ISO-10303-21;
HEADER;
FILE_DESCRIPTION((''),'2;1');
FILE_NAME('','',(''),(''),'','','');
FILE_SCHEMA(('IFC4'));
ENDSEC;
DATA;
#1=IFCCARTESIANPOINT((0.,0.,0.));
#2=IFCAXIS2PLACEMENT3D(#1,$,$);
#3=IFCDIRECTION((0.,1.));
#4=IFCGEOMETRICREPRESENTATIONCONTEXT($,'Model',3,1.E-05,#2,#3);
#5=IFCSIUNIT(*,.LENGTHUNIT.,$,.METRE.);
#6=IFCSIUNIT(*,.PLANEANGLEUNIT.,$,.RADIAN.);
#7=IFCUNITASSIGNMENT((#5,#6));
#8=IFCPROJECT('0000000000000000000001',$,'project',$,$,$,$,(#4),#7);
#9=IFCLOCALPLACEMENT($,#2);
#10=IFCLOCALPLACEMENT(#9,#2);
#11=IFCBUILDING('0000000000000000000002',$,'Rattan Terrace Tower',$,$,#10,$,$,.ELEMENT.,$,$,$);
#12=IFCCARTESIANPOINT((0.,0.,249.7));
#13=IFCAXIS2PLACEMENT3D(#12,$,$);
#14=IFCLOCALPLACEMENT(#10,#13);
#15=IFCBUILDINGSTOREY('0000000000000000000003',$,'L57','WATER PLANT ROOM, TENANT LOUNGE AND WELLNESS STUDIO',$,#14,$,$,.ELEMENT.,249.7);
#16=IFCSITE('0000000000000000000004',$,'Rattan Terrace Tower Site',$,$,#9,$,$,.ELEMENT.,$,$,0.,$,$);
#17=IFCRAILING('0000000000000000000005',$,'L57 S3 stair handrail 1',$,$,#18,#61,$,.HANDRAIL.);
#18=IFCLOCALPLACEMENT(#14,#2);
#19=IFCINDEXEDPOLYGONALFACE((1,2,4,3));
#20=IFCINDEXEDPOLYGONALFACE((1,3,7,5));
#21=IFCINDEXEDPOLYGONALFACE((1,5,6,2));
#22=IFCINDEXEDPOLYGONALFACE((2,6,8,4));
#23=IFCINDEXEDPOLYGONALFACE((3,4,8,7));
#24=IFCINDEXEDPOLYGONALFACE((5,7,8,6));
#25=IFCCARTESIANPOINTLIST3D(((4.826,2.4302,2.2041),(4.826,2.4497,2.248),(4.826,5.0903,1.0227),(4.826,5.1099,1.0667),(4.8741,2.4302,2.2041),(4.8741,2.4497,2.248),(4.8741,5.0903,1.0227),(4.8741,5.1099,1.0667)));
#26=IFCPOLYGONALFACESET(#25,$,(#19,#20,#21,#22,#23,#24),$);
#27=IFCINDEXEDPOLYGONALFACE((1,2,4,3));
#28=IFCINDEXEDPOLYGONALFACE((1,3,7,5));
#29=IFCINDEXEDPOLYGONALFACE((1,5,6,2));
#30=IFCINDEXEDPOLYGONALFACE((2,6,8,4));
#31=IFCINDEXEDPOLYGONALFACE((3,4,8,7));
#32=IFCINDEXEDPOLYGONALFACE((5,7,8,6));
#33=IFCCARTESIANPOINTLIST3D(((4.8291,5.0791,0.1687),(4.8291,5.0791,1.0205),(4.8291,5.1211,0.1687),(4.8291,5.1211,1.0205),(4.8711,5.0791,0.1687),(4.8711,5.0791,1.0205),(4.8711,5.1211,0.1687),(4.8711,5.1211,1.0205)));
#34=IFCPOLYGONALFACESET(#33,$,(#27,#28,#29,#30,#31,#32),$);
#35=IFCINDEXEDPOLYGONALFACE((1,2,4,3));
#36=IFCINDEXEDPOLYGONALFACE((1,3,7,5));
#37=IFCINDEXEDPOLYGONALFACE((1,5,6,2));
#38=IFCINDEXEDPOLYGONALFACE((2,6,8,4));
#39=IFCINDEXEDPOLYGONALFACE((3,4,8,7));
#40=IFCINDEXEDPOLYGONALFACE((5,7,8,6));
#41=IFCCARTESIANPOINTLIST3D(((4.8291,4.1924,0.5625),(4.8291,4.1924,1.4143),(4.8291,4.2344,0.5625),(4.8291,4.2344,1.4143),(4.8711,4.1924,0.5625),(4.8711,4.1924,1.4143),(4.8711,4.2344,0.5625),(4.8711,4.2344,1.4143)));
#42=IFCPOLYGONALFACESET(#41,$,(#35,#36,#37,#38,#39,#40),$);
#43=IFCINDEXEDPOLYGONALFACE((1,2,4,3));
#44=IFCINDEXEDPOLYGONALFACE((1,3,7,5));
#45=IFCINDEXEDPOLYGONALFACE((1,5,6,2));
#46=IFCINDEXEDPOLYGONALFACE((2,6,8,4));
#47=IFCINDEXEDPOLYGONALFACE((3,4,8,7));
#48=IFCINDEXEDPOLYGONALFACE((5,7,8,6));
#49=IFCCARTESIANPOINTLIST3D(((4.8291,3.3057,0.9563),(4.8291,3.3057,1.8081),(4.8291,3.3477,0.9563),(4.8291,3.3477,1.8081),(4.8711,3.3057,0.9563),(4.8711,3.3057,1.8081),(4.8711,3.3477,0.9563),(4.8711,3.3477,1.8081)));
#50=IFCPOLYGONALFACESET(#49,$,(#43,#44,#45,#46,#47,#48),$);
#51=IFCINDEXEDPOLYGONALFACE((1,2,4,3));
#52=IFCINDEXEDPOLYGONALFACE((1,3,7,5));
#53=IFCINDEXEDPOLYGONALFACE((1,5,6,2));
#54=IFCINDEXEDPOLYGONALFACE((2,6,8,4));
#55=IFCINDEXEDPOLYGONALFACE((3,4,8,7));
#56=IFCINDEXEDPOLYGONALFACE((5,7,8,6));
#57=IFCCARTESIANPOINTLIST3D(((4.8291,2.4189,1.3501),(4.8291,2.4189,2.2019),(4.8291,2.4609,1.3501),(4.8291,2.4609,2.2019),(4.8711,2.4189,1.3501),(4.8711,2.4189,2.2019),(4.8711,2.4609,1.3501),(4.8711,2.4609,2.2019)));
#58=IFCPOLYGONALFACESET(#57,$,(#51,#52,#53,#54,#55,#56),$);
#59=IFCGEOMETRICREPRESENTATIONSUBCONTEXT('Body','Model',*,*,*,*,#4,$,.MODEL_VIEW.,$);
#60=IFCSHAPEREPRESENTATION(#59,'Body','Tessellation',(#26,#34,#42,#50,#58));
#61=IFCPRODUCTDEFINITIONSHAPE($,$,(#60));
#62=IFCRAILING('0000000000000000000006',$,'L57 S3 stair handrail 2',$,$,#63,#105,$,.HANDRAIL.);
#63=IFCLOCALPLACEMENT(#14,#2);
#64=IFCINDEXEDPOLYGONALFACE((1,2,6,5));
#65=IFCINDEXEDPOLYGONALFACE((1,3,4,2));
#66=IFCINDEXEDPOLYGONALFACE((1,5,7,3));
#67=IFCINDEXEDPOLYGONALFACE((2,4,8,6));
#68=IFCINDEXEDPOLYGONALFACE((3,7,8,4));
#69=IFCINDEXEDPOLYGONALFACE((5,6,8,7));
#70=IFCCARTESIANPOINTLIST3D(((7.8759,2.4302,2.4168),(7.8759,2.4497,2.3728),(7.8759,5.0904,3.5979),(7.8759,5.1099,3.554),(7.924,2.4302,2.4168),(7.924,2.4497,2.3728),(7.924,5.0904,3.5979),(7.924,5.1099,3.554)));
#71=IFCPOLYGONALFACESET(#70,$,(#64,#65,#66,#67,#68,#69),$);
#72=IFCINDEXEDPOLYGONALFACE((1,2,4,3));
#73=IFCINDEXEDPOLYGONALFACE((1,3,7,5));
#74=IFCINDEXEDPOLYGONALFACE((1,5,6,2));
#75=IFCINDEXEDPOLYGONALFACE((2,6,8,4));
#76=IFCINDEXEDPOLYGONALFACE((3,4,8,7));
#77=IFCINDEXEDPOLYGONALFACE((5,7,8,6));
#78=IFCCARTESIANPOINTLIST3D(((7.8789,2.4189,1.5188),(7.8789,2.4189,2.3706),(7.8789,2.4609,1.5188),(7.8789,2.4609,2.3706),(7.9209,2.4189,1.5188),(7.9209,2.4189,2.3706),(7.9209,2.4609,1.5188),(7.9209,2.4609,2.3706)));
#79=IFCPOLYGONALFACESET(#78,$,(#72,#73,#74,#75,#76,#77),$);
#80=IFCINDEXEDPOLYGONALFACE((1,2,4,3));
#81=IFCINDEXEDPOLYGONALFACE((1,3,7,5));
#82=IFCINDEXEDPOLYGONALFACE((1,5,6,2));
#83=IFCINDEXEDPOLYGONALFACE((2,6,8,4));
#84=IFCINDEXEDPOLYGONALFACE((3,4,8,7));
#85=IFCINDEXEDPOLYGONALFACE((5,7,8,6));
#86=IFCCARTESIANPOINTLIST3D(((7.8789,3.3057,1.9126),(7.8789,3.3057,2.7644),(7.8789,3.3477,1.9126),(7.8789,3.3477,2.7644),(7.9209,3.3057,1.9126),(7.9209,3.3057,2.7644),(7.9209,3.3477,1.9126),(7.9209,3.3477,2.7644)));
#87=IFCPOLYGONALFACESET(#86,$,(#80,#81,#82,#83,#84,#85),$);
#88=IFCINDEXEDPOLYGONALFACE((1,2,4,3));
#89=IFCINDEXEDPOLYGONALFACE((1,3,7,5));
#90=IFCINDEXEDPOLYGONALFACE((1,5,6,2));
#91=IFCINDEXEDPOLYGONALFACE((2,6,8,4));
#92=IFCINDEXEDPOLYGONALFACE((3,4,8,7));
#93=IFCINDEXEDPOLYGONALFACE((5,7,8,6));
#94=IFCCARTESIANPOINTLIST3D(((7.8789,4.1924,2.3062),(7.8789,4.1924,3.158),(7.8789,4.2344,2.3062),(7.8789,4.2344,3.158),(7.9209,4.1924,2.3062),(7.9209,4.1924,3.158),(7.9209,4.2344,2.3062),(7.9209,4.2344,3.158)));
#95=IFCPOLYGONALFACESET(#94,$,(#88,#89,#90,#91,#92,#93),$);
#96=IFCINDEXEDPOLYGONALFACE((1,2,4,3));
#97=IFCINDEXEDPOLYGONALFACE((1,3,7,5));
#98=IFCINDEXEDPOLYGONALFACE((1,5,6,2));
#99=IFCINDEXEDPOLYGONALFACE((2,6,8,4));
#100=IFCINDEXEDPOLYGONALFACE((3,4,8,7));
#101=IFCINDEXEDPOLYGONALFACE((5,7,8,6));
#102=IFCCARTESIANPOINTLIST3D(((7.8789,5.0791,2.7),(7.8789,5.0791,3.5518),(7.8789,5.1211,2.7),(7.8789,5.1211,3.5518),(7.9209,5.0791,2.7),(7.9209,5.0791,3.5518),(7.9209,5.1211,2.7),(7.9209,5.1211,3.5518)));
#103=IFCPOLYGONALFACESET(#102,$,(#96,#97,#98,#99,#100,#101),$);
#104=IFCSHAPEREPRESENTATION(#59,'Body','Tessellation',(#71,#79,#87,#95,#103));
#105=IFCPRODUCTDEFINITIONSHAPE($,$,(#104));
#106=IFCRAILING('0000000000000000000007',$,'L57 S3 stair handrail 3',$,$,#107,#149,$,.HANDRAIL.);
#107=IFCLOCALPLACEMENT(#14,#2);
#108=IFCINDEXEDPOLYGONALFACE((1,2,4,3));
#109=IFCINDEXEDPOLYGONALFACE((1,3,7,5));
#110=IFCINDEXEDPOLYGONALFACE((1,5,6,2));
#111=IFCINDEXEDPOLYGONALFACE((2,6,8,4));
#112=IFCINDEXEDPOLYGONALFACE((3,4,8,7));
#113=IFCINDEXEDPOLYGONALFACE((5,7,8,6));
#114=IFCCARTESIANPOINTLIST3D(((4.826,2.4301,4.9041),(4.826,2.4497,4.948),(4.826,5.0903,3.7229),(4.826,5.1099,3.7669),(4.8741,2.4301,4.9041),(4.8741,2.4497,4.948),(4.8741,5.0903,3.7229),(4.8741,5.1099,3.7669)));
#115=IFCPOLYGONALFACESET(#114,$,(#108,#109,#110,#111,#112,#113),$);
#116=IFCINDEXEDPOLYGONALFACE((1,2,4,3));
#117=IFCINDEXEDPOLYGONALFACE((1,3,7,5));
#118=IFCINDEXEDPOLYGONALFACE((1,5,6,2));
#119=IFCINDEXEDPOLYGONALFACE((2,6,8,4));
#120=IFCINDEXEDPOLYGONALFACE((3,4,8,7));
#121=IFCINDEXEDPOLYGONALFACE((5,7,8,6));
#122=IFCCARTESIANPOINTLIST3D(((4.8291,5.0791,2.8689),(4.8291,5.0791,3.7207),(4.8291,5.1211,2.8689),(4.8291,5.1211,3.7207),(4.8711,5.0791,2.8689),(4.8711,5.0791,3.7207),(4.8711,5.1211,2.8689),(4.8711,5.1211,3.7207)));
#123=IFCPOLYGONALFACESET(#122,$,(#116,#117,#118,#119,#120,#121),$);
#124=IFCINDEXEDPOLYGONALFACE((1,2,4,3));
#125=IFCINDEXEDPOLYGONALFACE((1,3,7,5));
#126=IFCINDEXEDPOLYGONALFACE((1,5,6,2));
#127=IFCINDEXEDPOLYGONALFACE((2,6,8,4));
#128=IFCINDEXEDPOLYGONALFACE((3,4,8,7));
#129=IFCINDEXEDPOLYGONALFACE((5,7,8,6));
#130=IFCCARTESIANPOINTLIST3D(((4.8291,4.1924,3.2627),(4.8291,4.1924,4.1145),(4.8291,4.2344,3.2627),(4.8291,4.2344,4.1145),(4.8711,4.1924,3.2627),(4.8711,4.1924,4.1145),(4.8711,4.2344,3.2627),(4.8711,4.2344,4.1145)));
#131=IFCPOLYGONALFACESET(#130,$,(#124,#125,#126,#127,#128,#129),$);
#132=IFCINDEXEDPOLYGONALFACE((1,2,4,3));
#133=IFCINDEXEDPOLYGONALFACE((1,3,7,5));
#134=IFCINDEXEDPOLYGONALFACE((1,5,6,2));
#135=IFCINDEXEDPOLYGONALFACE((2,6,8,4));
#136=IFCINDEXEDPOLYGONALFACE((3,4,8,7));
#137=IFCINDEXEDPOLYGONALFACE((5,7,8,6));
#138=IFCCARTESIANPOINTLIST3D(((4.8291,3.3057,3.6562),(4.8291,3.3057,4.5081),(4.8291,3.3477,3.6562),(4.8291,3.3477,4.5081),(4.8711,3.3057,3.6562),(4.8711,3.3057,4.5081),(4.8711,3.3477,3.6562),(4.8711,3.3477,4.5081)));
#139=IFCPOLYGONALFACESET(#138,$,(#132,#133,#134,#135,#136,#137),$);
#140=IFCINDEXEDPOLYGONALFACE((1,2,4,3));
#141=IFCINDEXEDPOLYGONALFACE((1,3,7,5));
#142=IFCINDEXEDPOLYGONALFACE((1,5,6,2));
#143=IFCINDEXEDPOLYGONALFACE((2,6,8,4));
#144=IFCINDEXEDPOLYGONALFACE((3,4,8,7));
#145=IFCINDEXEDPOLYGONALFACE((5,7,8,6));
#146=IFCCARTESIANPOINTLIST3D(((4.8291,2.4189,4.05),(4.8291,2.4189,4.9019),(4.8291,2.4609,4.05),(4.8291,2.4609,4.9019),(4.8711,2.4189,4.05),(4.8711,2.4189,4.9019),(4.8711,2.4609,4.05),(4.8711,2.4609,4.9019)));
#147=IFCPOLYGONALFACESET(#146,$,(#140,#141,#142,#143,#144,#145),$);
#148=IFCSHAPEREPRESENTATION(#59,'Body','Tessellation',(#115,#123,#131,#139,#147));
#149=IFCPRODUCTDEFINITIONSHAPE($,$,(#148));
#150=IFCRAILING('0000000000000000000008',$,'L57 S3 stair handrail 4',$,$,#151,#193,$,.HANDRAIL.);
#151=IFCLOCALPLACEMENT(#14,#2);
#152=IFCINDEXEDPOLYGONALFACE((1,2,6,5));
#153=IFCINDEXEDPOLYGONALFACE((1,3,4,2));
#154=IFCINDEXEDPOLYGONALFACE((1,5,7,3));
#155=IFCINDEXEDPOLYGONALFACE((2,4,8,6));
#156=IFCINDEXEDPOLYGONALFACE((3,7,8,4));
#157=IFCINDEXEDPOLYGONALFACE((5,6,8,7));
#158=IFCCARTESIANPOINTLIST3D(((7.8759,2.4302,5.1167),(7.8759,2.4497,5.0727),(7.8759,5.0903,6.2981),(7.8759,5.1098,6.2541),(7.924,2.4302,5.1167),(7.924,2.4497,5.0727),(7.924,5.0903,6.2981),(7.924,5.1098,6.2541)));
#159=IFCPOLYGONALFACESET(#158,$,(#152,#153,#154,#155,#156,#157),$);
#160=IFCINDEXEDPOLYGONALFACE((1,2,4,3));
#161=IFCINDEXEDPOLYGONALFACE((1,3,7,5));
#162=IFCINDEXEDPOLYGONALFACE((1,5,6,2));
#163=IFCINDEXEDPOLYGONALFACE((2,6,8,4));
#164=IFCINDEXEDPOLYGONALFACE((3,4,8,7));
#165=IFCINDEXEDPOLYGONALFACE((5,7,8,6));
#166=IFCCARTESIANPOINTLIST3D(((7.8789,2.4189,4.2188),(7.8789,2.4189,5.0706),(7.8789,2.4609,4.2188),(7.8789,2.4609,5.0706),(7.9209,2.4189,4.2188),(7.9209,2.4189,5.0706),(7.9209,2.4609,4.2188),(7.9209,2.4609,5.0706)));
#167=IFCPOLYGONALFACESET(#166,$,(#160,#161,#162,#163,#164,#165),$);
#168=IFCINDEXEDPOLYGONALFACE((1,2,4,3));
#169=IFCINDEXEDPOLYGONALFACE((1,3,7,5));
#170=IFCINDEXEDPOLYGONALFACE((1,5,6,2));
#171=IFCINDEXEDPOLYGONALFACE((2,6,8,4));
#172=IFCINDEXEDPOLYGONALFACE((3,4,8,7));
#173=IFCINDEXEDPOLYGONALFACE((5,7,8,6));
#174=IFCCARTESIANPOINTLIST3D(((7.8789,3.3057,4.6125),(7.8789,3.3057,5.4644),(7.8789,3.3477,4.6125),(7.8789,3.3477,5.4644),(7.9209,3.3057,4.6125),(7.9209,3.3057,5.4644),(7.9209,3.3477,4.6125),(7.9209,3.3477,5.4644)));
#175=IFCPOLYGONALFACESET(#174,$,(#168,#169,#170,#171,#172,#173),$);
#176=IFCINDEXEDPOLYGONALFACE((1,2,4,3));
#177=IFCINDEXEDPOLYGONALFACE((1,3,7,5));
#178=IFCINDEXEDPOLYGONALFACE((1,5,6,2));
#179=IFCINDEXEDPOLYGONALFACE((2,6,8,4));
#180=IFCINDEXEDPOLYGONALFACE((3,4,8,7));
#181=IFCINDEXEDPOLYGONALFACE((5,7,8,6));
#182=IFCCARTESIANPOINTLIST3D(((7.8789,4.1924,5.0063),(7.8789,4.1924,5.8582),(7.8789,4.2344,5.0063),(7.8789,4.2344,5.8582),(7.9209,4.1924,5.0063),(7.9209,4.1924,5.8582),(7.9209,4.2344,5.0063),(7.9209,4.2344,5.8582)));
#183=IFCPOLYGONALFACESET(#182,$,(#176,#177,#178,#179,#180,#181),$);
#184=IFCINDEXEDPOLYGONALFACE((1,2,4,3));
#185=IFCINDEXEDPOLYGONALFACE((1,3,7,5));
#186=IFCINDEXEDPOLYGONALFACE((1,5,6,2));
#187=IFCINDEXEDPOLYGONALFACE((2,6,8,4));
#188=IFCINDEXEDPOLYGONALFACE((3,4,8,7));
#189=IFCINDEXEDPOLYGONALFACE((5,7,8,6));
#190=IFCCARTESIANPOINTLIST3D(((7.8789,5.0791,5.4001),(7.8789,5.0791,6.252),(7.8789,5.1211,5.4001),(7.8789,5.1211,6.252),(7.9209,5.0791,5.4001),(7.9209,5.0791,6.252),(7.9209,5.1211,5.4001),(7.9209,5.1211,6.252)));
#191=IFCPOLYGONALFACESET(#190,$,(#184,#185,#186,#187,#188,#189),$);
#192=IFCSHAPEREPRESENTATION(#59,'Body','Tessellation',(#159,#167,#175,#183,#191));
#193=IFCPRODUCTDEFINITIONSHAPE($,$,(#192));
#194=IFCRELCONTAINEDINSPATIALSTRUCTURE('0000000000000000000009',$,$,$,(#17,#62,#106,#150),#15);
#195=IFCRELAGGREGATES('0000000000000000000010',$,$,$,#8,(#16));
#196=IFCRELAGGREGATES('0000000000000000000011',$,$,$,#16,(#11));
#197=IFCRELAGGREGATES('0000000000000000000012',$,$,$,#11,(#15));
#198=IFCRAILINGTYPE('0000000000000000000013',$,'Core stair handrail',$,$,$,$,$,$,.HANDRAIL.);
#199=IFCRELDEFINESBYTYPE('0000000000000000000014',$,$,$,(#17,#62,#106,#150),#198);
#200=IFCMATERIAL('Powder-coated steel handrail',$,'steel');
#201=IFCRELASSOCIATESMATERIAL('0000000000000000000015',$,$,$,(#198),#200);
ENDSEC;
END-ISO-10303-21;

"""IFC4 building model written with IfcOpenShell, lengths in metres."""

from ifc_helpers import new_model, si_unit, direction, frame, origin, origin_2d, place, context, subcontext, project, spatial, rectangle, extrude, material, type_object, element, save


model = new_model("IFC4")

# Units and contexts
model_context = context("Model", 3, precision=1e-05, world=origin(), true_north=direction((0.0, 1.0)))
body_context = subcontext(model_context, "Body", "Model", "MODEL_VIEW")
ifc_project = project(units=[si_unit("LENGTHUNIT", "METRE"), si_unit("PLANEANGLEUNIT", "RADIAN")], contexts=[model_context])

# Site, building, storey
site_placement = place(None, origin())
site = spatial("IfcSite", under=ifc_project, at=site_placement, Name="Rattan Terrace Tower Site", CompositionType="ELEMENT", RefElevation=0.0)
building_placement = place(site_placement, origin())
building = spatial("IfcBuilding", under=site, at=building_placement, Name="Rattan Terrace Tower", CompositionType="ELEMENT")
storey_placement = place(building_placement, frame((0.0, 0.0, 249.7)))
storey = spatial("IfcBuildingStorey", under=building, at=storey_placement, Name="L57", Description="WATER PLANT ROOM, TENANT LOUNGE AND WELLNESS STUDIO", CompositionType="ELEMENT", Elevation=249.7)

# Railings
ifc_material_1 = material(Name="Powder-coated steel handrail", Category="steel")
railing_type_1 = type_object("IfcRailingType", Name="Core stair handrail", PredefinedType="HANDRAIL", material=ifc_material_1)
for number, where, name in (
    (1, (4.8501, 5.1001, 0.1687), "L57 S3 stair handrail 1"),
):
    element("IfcRailing", number, at=place(storey_placement, frame(where)), inside=storey, type_object=railing_type_1, Name=name, PredefinedType="HANDRAIL", context=body_context, shape_type="SweptSolid", body=[
        extrude(rectangle(XDim=0.0481, YDim=0.0481, at=origin_2d()), frame((0.0, 0.0, 0.876), z_axis=(0.0, -0.913926, 0.405882), x_axis=(1.0, 0.0, 0.0)), (0.0, 0.0, 1.0), 2.9106),
        extrude(rectangle(XDim=0.042, YDim=0.042, at=origin_2d()), origin(), (0.0, 0.0, 1.0), 0.8518),
        extrude(rectangle(XDim=0.042, YDim=0.042, at=origin_2d()), frame((0.0, -0.8867, 0.3938)), (0.0, 0.0, 1.0), 0.8518),
        extrude(rectangle(XDim=0.042, YDim=0.042, at=origin_2d()), frame((0.0, -1.7734, 0.7876)), (0.0, 0.0, 1.0), 0.8518),
        extrude(rectangle(XDim=0.042, YDim=0.042, at=origin_2d()), frame((0.0, -2.6602, 1.1814)), (0.0, 0.0, 1.0), 0.8518),
    ])
railing_1_placement = place(storey_placement, frame((7.8999, 2.4399, 1.5188)))
element("IfcRailing", 2, at=railing_1_placement, inside=storey, type_object=railing_type_1, Name="L57 S3 stair handrail 2", PredefinedType="HANDRAIL", context=body_context, shape_type="SweptSolid", body=[
    extrude(rectangle(XDim=0.0481, YDim=0.0481, at=origin_2d()), frame((0.0, 0.0, 0.876), z_axis=(0.0, 0.913957, 0.405812), x_axis=(-1.0, 0.0, 0.0)), (0.0, 0.0, 1.0), 2.9106),
    extrude(rectangle(XDim=0.042, YDim=0.042, at=origin_2d()), origin(), (0.0, 0.0, 1.0), 0.8518),
    extrude(rectangle(XDim=0.042, YDim=0.042, at=origin_2d()), frame((0.0, 0.8867, 0.3938)), (0.0, 0.0, 1.0), 0.8518),
    extrude(rectangle(XDim=0.042, YDim=0.042, at=origin_2d()), frame((0.0, 1.7734, 0.7874)), (0.0, 0.0, 1.0), 0.8518),
    extrude(rectangle(XDim=0.042, YDim=0.042, at=origin_2d()), frame((0.0, 2.6602, 1.1812)), (0.0, 0.0, 1.0), 0.8518),
])
railing_2_placement = place(storey_placement, frame((4.8501, 5.1001, 2.8689)))
element("IfcRailing", 3, at=railing_2_placement, inside=storey, type_object=railing_type_1, Name="L57 S3 stair handrail 3", PredefinedType="HANDRAIL", context=body_context, shape_type="SweptSolid", body=[
    extrude(rectangle(XDim=0.0481, YDim=0.0481, at=origin_2d()), frame((0.0, 0.0, 0.876), z_axis=(0.0, -0.913957, 0.405812), x_axis=(1.0, 0.0, 0.0)), (0.0, 0.0, 1.0), 2.9106),
    extrude(rectangle(XDim=0.042, YDim=0.042, at=origin_2d()), origin(), (0.0, 0.0, 1.0), 0.8518),
    extrude(rectangle(XDim=0.042, YDim=0.042, at=origin_2d()), frame((0.0, -0.8867, 0.3938)), (0.0, 0.0, 1.0), 0.8518),
    extrude(rectangle(XDim=0.042, YDim=0.042, at=origin_2d()), frame((0.0, -1.7734, 0.7874)), (0.0, 0.0, 1.0), 0.8518),
    extrude(rectangle(XDim=0.042, YDim=0.042, at=origin_2d()), frame((0.0, -2.6602, 1.1812)), (0.0, 0.0, 1.0), 0.8518),
])
railing_3_placement = place(storey_placement, frame((7.8999, 2.4399, 4.2188)))
element("IfcRailing", 4, at=railing_3_placement, inside=storey, type_object=railing_type_1, Name="L57 S3 stair handrail 4", PredefinedType="HANDRAIL", context=body_context, shape_type="SweptSolid", body=[
    extrude(rectangle(XDim=0.0481, YDim=0.0481, at=origin_2d()), frame((0.0, 0.0, 0.876), z_axis=(0.0, 0.913926, 0.405882), x_axis=(-1.0, 0.0, 0.0)), (0.0, 0.0, 1.0), 2.9106),
    extrude(rectangle(XDim=0.042, YDim=0.042, at=origin_2d()), origin(), (0.0, 0.0, 1.0), 0.8518),
    extrude(rectangle(XDim=0.042, YDim=0.042, at=origin_2d()), frame((0.0, 0.8867, 0.3938)), (0.0, 0.0, 1.0), 0.8518),
    extrude(rectangle(XDim=0.042, YDim=0.042, at=origin_2d()), frame((0.0, 1.7734, 0.7876)), (0.0, 0.0, 1.0), 0.8518),
    extrude(rectangle(XDim=0.042, YDim=0.042, at=origin_2d()), frame((0.0, 2.6602, 1.1814)), (0.0, 0.0, 1.0), 0.8518),
])

save(model, "model.ifc")
